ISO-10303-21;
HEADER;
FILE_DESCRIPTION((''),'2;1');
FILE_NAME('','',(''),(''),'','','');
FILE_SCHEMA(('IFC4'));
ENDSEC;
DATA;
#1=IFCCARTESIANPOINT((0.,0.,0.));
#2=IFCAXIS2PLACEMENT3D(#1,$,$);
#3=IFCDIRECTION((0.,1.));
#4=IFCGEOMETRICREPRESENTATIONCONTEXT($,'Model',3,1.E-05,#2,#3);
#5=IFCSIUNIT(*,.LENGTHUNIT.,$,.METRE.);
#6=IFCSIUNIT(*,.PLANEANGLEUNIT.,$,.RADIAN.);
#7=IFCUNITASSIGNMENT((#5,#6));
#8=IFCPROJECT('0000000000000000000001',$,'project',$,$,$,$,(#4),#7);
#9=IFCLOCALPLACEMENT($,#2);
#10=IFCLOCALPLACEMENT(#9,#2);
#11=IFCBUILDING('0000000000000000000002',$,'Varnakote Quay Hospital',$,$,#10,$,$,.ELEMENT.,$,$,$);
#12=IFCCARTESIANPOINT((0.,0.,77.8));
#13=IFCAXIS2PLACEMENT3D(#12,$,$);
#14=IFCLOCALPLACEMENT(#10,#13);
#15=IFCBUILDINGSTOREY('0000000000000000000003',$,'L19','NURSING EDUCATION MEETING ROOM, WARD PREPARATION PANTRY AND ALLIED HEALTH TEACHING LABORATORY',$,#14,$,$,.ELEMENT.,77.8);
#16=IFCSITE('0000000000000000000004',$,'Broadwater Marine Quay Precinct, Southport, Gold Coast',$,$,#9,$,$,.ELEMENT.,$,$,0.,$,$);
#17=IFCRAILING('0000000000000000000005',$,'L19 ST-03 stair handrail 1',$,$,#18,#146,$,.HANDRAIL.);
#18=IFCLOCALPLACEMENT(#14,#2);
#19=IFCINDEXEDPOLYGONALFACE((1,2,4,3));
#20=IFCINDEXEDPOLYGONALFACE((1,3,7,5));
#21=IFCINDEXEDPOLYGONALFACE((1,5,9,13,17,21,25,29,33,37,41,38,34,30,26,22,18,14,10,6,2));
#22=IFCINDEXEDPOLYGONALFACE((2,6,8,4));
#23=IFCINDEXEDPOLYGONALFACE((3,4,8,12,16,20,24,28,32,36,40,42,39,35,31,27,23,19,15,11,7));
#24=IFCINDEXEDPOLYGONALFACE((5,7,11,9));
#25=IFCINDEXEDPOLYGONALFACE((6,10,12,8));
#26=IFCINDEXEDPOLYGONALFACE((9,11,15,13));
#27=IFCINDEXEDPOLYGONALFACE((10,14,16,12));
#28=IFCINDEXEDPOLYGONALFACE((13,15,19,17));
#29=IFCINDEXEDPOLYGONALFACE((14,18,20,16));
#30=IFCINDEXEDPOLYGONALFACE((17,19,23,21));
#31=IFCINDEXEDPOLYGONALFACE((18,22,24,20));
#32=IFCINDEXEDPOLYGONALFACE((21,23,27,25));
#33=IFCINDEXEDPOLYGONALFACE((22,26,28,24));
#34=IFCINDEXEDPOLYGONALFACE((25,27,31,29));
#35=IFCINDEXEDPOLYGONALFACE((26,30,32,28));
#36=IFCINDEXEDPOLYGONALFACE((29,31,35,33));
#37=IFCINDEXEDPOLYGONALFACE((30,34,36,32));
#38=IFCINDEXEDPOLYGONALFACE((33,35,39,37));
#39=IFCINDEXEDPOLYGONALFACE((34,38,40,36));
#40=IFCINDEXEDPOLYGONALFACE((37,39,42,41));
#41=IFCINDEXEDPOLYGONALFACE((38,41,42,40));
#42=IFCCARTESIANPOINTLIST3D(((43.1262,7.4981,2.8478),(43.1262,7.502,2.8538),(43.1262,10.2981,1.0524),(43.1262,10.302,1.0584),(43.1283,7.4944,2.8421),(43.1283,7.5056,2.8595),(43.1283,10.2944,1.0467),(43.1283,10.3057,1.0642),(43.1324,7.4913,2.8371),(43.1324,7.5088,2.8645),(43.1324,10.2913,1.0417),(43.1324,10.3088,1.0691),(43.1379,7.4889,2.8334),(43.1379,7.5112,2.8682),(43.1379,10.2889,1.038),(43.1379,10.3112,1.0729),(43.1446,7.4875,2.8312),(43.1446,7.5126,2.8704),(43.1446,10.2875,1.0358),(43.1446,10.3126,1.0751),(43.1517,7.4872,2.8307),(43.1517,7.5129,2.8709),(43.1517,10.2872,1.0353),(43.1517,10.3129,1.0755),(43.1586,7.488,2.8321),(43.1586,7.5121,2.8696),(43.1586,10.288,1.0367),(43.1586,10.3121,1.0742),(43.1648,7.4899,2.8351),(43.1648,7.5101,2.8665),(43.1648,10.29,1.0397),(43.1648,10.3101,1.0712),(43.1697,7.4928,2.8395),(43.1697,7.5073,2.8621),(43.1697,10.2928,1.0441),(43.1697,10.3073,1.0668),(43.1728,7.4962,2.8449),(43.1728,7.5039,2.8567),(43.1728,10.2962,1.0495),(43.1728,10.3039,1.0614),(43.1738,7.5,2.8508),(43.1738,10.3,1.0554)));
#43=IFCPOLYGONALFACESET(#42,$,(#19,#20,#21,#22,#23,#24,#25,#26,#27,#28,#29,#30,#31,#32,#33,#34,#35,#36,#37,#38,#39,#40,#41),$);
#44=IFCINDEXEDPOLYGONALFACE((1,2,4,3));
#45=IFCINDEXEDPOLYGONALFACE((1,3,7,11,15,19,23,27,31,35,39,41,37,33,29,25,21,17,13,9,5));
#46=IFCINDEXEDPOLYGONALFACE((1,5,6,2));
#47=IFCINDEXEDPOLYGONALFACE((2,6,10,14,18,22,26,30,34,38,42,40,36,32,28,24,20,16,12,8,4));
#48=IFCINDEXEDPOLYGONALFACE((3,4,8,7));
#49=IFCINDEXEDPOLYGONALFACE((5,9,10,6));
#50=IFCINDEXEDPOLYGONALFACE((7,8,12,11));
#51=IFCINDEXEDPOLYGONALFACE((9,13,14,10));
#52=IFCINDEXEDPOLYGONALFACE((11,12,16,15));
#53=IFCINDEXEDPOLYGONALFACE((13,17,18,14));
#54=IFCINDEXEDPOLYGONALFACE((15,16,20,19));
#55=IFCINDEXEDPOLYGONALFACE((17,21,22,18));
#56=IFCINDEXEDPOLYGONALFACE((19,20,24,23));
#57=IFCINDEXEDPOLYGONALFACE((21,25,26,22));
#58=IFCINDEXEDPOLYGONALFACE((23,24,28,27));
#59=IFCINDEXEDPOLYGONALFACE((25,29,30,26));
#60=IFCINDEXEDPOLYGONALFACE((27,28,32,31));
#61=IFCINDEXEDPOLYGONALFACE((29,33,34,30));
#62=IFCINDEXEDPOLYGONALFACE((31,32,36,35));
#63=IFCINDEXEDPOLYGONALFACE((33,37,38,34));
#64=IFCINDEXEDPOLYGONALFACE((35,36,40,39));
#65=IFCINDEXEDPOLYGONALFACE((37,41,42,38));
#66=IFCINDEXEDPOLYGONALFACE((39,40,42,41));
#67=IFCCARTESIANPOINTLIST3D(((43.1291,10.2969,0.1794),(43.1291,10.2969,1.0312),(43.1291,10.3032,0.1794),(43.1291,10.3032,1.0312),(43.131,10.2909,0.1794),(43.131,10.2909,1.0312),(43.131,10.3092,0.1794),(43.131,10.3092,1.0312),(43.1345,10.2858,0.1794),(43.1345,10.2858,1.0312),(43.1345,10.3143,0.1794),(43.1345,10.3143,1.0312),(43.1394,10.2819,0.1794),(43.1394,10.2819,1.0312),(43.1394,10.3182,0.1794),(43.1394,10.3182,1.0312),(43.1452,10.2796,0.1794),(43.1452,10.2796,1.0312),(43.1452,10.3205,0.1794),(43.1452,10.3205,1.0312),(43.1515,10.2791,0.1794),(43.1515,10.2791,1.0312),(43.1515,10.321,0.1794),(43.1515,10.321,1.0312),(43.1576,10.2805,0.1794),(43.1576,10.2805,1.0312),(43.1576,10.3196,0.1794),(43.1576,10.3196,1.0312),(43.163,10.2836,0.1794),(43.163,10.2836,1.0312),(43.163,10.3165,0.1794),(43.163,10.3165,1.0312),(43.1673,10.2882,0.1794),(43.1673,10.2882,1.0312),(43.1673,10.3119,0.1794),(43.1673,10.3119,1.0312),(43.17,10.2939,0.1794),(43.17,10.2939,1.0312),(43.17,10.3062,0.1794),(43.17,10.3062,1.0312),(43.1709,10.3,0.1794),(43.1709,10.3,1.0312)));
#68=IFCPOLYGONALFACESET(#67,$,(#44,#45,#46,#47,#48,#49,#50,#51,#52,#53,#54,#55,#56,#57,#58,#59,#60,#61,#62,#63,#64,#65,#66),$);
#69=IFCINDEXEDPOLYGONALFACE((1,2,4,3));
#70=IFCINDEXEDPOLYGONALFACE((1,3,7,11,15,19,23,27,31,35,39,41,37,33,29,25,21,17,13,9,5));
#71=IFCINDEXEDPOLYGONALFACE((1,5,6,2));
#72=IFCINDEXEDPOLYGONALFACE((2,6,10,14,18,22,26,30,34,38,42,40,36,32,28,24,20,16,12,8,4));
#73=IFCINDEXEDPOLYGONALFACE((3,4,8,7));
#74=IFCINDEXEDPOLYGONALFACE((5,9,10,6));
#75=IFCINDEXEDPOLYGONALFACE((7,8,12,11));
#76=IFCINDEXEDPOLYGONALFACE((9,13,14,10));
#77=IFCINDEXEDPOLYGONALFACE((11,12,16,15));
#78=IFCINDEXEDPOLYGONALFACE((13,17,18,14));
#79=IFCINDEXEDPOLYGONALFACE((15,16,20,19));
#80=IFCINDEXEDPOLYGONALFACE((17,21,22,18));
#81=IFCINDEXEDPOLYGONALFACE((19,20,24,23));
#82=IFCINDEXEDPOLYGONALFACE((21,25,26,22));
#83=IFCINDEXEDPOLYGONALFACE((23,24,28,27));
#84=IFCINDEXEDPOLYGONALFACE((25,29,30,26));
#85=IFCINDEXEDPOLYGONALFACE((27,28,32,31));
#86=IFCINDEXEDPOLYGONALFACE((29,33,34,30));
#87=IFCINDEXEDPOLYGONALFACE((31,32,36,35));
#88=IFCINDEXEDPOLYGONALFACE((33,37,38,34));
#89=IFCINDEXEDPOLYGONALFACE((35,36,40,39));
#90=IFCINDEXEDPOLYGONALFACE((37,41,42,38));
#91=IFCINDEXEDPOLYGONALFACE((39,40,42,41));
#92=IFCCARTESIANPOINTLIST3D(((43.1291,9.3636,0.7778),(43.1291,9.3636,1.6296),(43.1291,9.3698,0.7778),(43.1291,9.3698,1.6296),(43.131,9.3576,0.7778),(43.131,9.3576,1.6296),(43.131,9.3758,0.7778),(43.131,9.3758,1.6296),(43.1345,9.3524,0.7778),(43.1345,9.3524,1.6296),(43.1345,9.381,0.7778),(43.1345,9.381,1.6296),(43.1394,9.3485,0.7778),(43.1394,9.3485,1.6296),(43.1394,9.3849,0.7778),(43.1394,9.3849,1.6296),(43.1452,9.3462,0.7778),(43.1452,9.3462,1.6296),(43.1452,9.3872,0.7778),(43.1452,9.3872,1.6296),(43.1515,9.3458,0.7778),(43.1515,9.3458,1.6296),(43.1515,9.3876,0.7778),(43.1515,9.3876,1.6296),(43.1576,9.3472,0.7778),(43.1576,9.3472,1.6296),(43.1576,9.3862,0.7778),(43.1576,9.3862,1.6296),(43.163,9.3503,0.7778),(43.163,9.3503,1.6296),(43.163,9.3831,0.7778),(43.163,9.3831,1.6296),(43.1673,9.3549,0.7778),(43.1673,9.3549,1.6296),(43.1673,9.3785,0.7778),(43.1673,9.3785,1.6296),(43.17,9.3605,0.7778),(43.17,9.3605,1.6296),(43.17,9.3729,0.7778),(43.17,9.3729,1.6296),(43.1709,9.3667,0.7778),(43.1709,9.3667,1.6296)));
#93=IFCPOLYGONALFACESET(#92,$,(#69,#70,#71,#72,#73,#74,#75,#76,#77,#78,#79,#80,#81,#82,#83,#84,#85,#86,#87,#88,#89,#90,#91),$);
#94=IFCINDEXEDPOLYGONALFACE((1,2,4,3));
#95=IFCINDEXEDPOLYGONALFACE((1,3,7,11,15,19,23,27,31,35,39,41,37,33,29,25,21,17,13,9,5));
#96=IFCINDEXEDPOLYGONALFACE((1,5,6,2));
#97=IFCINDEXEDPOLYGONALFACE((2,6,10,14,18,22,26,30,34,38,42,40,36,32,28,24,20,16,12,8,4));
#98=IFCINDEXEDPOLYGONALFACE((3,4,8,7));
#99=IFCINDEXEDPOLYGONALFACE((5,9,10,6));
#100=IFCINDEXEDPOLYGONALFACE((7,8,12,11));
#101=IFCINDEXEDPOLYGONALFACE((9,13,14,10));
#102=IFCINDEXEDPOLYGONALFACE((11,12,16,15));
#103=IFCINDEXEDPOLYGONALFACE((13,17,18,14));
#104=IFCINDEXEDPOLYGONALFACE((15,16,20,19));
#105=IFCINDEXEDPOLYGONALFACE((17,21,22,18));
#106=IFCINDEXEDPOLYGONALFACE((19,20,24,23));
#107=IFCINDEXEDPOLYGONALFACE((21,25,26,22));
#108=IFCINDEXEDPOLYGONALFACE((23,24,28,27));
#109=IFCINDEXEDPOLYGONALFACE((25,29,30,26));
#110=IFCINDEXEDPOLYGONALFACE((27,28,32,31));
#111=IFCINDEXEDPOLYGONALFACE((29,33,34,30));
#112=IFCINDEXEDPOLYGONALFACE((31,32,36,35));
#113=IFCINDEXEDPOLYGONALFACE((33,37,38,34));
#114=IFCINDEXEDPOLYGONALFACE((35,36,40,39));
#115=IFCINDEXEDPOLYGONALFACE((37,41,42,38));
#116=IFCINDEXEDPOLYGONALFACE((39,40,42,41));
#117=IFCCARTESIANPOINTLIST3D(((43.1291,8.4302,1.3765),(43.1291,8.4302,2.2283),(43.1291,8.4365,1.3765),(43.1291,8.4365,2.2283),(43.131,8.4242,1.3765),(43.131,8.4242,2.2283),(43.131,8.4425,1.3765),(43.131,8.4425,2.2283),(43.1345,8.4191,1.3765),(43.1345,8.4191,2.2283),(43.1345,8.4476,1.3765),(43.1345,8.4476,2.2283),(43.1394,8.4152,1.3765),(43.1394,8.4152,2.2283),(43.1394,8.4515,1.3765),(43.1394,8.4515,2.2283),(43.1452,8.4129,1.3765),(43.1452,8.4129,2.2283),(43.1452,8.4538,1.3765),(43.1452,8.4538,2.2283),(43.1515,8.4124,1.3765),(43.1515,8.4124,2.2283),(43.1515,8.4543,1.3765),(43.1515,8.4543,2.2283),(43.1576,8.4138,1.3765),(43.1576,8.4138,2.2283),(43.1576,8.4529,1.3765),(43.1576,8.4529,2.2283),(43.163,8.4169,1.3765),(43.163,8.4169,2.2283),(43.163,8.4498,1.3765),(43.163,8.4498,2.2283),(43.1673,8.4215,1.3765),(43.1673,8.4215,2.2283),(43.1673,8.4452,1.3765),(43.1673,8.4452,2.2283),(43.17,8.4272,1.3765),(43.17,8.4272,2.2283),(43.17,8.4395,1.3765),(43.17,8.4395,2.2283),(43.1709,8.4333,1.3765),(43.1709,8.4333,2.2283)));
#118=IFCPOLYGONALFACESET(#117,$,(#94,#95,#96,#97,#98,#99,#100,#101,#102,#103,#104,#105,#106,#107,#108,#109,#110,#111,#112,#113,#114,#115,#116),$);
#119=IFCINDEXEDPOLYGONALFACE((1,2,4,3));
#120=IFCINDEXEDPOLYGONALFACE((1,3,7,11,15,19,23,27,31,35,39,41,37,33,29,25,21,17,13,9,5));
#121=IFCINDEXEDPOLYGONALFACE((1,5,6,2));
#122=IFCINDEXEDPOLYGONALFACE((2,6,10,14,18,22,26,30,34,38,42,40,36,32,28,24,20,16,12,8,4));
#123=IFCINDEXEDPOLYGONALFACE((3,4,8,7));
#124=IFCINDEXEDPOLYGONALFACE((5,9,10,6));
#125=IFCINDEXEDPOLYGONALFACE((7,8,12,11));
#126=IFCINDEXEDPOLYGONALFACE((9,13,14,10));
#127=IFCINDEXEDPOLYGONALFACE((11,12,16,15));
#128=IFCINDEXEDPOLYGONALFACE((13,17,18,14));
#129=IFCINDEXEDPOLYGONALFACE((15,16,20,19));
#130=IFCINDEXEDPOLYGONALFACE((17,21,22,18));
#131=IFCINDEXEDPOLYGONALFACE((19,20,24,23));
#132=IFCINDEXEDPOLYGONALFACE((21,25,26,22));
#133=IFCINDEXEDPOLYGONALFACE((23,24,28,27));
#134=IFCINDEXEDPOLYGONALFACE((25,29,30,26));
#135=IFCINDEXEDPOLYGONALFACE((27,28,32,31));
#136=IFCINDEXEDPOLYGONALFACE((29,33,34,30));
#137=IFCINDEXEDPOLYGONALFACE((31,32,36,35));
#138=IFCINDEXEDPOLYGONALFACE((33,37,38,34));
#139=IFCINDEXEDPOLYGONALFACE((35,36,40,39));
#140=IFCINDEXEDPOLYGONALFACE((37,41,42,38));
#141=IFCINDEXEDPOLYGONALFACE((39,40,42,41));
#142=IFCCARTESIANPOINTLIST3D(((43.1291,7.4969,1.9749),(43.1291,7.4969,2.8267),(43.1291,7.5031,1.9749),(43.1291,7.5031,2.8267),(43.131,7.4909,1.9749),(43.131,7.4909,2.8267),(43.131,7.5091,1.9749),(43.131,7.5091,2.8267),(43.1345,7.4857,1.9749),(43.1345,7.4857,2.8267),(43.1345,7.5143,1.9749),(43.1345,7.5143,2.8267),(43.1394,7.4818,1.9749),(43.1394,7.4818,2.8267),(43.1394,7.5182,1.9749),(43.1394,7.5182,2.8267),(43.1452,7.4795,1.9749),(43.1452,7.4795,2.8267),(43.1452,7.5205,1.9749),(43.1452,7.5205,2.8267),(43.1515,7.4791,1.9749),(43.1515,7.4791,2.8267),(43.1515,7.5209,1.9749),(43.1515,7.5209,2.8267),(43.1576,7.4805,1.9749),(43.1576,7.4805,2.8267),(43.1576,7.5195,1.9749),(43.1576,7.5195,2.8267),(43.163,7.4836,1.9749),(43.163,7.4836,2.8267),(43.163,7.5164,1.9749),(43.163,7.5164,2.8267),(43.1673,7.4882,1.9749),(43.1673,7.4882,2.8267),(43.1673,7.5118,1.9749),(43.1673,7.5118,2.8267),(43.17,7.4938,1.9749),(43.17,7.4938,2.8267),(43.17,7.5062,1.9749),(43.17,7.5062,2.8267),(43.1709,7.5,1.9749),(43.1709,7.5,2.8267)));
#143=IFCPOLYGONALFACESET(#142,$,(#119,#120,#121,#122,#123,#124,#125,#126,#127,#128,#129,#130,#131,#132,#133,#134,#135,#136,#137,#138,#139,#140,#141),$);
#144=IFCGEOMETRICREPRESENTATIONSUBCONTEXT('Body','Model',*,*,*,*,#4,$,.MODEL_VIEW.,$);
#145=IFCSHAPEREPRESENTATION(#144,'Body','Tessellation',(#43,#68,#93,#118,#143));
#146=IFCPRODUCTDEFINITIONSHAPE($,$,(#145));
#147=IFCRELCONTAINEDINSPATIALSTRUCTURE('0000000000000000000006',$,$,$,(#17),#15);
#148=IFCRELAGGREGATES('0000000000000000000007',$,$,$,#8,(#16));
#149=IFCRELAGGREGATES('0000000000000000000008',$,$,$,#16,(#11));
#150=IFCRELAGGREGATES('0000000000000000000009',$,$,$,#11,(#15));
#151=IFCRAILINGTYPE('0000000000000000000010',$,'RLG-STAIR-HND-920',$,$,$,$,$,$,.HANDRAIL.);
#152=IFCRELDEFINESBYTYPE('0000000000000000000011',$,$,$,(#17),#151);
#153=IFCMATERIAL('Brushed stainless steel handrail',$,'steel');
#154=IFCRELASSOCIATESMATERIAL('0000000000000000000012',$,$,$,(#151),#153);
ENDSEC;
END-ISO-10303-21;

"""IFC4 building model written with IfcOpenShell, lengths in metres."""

from ifc_helpers import new_model, si_unit, direction, frame, origin, origin_2d, place, context, subcontext, project, spatial, circle, extrude, material, type_object, element, save


model = new_model("IFC4")

# Units and contexts
model_context = context("Model", 3, precision=1e-05, world=origin(), true_north=direction((0.0, 1.0)))
body_context = subcontext(model_context, "Body", "Model", "MODEL_VIEW")
ifc_project = project(units=[si_unit("LENGTHUNIT", "METRE"), si_unit("PLANEANGLEUNIT", "RADIAN")], contexts=[model_context])

# Site, building, storey
site_placement = place(None, origin())
site = spatial("IfcSite", under=ifc_project, at=site_placement, Name="Broadwater Marine Quay Precinct, Southport, Gold Coast", CompositionType="ELEMENT", RefElevation=0.0)
building_placement = place(site_placement, origin())
building = spatial("IfcBuilding", under=site, at=building_placement, Name="Varnakote Quay Hospital", CompositionType="ELEMENT")
storey_placement = place(building_placement, frame((0.0, 0.0, 77.8)))
storey = spatial("IfcBuildingStorey", under=building, at=storey_placement, Name="L19", Description="NURSING EDUCATION MEETING ROOM, WARD PREPARATION PANTRY AND ALLIED HEALTH TEACHING LABORATORY", CompositionType="ELEMENT", Elevation=77.8)

# Railing
ifc_material_1 = material(Name="Brushed stainless steel handrail", Category="steel")
railing_type_1 = type_object("IfcRailingType", Name="RLG-STAIR-HND-920", PredefinedType="HANDRAIL", material=ifc_material_1)
railing_1_placement = place(storey_placement, frame((43.1499, 10.3, 0.1794)))
element("IfcRailing", 1, at=railing_1_placement, inside=storey, type_object=railing_type_1, Name="L19 ST-03 stair handrail 1", PredefinedType="HANDRAIL", context=body_context, shape_type="SweptSolid", body=[
    extrude(circle(Radius=0.0239, at=origin_2d()), frame((0.0, 0.0, 0.876), z_axis=(0.0, -0.84181, 0.539774), x_axis=(1.0, 0.0, 0.0)), (0.0, 0.0, 1.0), 3.3262),
    extrude(circle(Radius=0.021, at=origin_2d()), origin(), (0.0, 0.0, 1.0), 0.8518),
    extrude(circle(Radius=0.021, at=origin_2d()), frame((0.0, -0.9333, 0.5984)), (0.0, 0.0, 1.0), 0.8518),
    extrude(circle(Radius=0.021, at=origin_2d()), frame((0.0, -1.8667, 1.197)), (0.0, 0.0, 1.0), 0.8518),
    extrude(circle(Radius=0.021, at=origin_2d()), frame((0.0, -2.8, 1.7954)), (0.0, 0.0, 1.0), 0.8518),
])

save(model, "model.ifc")
